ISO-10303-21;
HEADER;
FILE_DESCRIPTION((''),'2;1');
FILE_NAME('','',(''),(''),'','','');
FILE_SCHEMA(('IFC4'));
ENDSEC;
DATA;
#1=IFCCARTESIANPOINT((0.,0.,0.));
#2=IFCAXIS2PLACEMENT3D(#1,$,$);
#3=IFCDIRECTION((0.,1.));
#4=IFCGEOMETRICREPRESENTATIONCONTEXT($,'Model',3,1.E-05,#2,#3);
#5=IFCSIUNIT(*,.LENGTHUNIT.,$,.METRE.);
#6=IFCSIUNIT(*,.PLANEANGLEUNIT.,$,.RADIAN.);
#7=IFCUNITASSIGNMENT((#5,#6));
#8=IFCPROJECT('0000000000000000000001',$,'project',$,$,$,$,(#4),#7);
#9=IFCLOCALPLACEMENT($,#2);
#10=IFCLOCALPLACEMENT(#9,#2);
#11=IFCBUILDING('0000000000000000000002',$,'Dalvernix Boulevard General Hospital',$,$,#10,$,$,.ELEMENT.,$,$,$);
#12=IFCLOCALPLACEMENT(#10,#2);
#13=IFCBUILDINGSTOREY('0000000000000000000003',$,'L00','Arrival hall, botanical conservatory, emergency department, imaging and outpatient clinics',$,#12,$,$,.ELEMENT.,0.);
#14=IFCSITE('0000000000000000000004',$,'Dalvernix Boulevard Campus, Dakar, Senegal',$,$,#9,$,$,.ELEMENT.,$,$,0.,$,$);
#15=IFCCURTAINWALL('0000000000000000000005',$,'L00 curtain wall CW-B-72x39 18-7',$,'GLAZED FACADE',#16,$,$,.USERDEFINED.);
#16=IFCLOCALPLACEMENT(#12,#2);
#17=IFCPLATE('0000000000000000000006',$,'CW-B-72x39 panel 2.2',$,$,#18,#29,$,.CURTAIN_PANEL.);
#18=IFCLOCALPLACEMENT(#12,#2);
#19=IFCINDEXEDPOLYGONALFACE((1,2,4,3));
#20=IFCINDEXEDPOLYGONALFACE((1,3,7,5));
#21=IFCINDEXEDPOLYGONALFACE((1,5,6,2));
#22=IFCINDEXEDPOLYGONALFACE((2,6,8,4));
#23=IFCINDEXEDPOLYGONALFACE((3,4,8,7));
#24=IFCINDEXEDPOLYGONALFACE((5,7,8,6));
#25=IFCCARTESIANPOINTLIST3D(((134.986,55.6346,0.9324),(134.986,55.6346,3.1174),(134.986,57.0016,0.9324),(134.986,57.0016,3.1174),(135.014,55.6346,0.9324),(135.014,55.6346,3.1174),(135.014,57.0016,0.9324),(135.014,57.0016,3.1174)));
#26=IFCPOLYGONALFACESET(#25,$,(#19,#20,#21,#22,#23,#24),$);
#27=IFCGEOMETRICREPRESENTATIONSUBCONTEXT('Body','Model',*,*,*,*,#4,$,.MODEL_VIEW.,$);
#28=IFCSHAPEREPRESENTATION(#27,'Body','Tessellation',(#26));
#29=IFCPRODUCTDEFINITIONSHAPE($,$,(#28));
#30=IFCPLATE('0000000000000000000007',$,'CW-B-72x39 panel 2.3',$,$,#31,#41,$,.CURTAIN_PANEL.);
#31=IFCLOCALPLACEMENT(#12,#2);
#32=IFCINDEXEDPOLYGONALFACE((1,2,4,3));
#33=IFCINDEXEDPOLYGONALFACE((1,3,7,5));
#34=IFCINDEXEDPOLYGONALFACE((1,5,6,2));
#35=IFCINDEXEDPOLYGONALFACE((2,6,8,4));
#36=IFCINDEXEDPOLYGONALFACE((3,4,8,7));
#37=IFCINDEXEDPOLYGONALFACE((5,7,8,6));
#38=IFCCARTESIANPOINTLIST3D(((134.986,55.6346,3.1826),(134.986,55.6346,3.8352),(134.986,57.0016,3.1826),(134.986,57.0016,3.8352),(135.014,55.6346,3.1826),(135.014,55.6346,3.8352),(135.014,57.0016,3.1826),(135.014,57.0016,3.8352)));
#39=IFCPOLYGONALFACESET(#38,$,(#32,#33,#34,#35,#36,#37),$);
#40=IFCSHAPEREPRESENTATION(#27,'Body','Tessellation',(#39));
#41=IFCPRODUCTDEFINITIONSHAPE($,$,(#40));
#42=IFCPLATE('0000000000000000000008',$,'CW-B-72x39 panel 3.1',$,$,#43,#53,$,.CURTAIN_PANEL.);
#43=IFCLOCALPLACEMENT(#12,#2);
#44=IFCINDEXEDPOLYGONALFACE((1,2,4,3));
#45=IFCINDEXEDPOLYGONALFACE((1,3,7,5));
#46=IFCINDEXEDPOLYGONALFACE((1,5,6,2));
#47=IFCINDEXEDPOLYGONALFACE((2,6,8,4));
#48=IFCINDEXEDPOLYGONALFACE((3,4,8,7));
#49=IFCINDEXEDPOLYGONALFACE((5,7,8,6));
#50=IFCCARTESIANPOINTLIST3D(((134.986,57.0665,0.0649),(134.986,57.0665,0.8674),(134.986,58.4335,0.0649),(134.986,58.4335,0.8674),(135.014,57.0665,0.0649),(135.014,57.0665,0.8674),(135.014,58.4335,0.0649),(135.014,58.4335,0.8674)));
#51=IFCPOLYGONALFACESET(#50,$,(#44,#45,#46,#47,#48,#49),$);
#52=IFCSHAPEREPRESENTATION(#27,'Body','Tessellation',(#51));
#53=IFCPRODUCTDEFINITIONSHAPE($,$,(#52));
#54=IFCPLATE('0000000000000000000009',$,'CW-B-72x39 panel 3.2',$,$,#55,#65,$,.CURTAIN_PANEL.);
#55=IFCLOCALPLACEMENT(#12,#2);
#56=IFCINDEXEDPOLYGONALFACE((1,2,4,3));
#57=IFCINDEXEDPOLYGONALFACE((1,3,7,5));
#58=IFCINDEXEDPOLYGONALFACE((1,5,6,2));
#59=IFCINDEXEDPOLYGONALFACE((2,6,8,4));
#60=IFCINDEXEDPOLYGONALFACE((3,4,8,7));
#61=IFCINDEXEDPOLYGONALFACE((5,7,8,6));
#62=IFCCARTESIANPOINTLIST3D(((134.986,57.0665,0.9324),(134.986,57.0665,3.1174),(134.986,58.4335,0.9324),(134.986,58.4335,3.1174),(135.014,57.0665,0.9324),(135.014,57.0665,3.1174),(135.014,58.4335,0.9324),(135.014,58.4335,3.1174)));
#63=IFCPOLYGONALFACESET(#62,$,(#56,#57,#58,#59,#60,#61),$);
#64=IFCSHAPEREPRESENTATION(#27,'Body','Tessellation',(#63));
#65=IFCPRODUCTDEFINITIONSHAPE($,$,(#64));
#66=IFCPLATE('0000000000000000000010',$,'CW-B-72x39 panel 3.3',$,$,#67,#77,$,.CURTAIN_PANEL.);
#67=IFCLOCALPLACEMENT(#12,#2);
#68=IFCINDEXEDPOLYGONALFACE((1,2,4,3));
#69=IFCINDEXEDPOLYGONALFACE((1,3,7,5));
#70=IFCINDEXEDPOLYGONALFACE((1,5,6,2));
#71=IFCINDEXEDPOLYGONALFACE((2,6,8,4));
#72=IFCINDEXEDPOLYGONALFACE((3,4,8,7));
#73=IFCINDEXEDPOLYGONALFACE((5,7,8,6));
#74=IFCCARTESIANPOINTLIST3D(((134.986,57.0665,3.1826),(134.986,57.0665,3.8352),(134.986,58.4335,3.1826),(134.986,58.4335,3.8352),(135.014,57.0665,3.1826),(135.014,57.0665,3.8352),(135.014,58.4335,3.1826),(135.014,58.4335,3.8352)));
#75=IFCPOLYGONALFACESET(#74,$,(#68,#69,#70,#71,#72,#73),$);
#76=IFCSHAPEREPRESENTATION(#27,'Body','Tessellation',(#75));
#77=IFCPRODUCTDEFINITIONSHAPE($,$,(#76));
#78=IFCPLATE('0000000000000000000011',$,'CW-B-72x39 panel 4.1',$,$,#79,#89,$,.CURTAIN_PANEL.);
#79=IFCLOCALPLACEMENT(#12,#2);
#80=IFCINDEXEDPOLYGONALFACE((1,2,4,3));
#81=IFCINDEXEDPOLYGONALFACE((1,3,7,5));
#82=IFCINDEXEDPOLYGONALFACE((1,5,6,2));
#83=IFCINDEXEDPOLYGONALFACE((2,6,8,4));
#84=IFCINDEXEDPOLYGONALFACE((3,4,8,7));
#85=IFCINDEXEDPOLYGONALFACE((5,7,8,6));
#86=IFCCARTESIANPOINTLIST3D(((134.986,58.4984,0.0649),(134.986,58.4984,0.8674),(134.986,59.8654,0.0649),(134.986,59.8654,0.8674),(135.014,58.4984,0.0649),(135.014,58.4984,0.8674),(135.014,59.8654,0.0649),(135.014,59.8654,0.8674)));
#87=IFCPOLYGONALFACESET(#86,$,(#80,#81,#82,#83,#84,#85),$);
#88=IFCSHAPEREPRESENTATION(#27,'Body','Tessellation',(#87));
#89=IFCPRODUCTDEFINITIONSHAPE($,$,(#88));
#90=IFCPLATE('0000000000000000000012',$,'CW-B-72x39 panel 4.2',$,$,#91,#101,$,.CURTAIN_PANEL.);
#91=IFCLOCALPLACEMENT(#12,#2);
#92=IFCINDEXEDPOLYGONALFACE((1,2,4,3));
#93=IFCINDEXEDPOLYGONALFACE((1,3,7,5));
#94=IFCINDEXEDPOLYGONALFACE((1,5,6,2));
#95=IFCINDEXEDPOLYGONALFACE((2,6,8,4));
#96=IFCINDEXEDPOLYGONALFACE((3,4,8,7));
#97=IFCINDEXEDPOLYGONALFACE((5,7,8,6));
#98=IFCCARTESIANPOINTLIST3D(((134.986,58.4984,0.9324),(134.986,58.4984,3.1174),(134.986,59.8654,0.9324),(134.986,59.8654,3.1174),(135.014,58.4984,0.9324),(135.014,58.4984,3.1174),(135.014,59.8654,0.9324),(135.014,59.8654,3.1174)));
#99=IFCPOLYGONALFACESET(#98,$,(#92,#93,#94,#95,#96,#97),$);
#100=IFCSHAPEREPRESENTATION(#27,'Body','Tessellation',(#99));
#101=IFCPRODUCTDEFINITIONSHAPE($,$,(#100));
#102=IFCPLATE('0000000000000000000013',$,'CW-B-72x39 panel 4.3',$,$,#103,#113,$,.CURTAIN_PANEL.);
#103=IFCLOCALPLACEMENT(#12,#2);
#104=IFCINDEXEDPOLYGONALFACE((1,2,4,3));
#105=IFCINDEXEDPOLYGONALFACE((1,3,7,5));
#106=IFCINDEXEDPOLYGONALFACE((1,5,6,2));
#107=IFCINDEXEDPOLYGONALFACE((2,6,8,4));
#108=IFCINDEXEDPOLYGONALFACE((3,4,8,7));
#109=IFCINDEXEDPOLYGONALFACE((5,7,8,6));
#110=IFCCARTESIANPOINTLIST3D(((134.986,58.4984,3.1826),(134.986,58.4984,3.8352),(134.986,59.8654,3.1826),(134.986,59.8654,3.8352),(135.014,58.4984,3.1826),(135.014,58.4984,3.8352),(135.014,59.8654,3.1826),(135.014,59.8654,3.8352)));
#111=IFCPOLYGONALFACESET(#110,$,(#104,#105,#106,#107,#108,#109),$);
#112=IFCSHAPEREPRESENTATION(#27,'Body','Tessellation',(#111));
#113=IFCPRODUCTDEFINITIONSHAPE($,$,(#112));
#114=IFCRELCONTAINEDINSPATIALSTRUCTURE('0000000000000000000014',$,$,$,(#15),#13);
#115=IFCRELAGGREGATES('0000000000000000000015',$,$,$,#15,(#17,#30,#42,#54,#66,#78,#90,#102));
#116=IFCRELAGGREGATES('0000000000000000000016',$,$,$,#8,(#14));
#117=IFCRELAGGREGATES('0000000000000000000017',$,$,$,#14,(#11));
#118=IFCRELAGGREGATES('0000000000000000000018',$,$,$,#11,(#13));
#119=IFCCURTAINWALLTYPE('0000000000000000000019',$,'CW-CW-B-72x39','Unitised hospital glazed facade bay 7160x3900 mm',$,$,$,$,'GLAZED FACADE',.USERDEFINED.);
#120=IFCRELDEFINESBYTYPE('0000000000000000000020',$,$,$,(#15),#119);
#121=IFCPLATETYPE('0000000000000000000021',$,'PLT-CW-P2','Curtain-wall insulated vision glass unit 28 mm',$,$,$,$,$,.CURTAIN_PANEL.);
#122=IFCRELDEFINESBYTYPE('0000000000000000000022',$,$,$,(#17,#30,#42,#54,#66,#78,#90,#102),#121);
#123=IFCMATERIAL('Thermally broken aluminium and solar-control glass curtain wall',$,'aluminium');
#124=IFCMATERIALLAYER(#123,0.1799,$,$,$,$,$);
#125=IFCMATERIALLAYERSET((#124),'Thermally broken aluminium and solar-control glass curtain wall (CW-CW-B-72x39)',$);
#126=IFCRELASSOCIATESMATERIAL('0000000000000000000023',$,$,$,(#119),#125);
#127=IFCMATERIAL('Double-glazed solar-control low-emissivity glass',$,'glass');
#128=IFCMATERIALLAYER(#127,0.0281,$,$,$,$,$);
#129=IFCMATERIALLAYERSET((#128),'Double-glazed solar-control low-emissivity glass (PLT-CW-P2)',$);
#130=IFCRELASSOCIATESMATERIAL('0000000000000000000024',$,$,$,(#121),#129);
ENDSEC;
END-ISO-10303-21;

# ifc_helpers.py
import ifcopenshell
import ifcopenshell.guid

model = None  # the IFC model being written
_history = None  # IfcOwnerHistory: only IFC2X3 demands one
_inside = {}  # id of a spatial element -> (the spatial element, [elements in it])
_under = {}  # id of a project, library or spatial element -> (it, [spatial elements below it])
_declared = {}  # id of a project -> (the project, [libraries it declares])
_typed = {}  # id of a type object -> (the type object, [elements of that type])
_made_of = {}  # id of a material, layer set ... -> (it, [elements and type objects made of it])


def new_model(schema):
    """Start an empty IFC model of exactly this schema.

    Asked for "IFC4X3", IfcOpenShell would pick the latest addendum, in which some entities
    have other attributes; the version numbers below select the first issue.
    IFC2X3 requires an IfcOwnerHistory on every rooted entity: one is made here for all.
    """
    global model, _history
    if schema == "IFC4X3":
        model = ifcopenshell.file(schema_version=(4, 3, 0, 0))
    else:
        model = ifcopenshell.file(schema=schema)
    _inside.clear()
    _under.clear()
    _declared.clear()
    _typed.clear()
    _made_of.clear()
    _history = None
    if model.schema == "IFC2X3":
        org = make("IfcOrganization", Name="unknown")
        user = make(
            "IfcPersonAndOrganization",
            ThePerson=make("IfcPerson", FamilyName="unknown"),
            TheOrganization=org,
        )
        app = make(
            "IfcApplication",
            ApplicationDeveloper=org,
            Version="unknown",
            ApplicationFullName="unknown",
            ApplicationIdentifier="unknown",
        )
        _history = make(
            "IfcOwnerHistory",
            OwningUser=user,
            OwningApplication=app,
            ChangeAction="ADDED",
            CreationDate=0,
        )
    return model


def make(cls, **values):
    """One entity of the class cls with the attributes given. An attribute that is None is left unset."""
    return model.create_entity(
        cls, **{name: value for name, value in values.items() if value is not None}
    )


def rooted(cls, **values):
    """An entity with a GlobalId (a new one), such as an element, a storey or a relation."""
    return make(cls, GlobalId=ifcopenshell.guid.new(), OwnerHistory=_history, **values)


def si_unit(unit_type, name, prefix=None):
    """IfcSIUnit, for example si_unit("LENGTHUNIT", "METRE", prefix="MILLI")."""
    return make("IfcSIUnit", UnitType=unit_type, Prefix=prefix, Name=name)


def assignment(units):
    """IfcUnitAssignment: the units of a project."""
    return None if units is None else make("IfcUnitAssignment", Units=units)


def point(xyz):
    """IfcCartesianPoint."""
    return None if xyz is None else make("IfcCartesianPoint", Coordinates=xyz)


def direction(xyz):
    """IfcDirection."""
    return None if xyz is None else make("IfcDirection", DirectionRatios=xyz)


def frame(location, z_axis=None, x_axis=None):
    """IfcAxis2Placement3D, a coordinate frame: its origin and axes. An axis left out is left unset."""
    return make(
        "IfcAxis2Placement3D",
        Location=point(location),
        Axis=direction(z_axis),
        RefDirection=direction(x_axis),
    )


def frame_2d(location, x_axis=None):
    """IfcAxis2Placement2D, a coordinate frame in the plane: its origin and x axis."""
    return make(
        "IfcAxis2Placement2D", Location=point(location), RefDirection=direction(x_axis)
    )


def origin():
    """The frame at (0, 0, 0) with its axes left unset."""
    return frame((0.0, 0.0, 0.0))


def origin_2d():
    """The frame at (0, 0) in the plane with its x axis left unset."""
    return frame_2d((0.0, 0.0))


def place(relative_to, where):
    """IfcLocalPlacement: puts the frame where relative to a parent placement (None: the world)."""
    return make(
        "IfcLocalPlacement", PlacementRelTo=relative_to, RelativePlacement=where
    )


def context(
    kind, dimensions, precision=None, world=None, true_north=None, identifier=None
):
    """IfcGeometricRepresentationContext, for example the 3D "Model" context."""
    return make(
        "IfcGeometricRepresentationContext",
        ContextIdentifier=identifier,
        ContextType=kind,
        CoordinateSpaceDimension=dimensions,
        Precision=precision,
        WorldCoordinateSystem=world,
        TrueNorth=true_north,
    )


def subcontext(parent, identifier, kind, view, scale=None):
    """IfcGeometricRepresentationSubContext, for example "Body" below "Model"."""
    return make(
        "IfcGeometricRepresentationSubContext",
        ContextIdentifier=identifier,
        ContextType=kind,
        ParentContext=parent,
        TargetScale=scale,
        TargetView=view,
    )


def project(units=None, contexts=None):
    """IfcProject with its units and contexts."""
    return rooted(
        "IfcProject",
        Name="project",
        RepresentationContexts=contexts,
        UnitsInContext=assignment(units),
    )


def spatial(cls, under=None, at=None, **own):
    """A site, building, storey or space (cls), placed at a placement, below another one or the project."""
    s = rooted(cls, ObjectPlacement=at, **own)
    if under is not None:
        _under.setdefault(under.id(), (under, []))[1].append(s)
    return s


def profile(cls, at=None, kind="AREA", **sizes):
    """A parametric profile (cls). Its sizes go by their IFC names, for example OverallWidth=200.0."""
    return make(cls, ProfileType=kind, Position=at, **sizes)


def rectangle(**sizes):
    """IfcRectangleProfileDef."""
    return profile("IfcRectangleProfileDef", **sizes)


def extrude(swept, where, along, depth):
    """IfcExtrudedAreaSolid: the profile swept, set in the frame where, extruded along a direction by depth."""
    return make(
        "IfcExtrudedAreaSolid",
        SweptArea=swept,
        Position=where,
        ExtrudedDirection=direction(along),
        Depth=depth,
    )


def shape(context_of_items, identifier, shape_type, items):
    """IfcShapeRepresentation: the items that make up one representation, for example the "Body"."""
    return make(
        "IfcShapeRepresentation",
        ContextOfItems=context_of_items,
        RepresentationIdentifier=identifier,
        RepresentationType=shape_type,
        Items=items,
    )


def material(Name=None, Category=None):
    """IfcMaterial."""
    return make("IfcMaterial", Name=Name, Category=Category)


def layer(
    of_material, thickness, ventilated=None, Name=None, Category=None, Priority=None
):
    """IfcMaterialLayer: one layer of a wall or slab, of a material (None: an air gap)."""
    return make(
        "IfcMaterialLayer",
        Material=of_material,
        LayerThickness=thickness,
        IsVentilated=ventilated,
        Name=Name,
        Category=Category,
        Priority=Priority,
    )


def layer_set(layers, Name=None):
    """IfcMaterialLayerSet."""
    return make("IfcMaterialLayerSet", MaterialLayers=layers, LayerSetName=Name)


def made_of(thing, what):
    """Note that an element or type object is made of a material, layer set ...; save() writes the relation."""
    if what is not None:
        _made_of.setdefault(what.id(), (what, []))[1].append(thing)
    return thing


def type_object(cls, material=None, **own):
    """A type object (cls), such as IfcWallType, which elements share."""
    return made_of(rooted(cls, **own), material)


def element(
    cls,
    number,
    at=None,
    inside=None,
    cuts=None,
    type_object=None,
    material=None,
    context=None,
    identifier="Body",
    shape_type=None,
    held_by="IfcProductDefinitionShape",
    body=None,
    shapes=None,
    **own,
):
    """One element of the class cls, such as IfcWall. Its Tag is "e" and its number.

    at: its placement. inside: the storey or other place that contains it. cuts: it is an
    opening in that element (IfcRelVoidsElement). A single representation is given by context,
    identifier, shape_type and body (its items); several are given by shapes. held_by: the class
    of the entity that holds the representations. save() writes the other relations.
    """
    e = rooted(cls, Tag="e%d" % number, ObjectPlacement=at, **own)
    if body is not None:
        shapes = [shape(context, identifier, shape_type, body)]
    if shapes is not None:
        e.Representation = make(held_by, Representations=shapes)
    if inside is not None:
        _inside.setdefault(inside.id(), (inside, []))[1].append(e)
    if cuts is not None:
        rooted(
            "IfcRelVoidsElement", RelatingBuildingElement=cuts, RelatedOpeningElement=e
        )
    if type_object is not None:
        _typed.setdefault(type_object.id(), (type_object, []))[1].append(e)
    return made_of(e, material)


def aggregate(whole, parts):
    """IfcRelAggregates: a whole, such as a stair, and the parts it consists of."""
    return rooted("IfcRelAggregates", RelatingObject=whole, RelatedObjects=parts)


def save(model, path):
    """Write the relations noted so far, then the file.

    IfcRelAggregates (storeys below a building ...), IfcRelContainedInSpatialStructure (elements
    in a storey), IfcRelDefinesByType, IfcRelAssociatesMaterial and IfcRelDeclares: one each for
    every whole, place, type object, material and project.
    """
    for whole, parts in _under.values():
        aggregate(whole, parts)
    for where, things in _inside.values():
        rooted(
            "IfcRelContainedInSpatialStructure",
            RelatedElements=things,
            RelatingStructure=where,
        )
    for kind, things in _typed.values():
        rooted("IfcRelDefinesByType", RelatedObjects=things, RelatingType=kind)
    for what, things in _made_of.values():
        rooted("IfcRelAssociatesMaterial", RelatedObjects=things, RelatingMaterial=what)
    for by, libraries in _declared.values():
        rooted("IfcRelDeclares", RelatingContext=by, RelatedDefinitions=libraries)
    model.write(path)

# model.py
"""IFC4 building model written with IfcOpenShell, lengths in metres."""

from ifc_helpers import new_model, si_unit, direction, frame, origin, origin_2d, place, context, subcontext, project, spatial, rectangle, extrude, material, layer, layer_set, type_object, element, aggregate, save


model = new_model("IFC4")

# Units and contexts
model_context = context("Model", 3, precision=1e-05, world=origin(), true_north=direction((0.0, 1.0)))
body_context = subcontext(model_context, "Body", "Model", "MODEL_VIEW")
ifc_project = project(units=[si_unit("LENGTHUNIT", "METRE"), si_unit("PLANEANGLEUNIT", "RADIAN")], contexts=[model_context])

# Site, building, storey
site_placement = place(None, origin())
site = spatial("IfcSite", under=ifc_project, at=site_placement, Name="Dalvernix Boulevard Campus, Dakar, Senegal", CompositionType="ELEMENT", RefElevation=0.0)
building_placement = place(site_placement, origin())
building = spatial("IfcBuilding", under=site, at=building_placement, Name="Dalvernix Boulevard General Hospital", CompositionType="ELEMENT")
storey_placement = place(building_placement, origin())
storey = spatial("IfcBuildingStorey", under=building, at=storey_placement, Name="L00", Description="Arrival hall, botanical conservatory, emergency department, imaging and outpatient clinics", CompositionType="ELEMENT", Elevation=0.0)

# Curtain wall, plates
ifc_material_1 = material(Name="Thermally broken aluminium and solar-control glass curtain wall", Category="aluminium")
ifc_layer_1 = layer(ifc_material_1, 0.1799)
ifc_layer_set_1 = layer_set([ifc_layer_1], Name="Thermally broken aluminium and solar-control glass curtain wall (CW-CW-B-72x39)")
curtain_wall_type = type_object("IfcCurtainWallType", Name="CW-CW-B-72x39", Description="Unitised hospital glazed facade bay 7160x3900 mm", ElementType="GLAZED FACADE", PredefinedType="USERDEFINED", material=ifc_layer_set_1)
curtain_wall_placement = place(storey_placement, origin())
curtain_wall = element("IfcCurtainWall", 1, at=curtain_wall_placement, inside=storey, type_object=curtain_wall_type, Name="L00 curtain wall CW-B-72x39 18-7", ObjectType="GLAZED FACADE", PredefinedType="USERDEFINED")
ifc_material_2 = material(Name="Double-glazed solar-control low-emissivity glass", Category="glass")
ifc_layer_2 = layer(ifc_material_2, 0.0281)
ifc_layer_set_2 = layer_set([ifc_layer_2], Name="Double-glazed solar-control low-emissivity glass (PLT-CW-P2)")
plate_type = type_object("IfcPlateType", Name="PLT-CW-P2", Description="Curtain-wall insulated vision glass unit 28 mm", PredefinedType="CURTAIN_PANEL", material=ifc_layer_set_2)
plate_1_placement = place(storey_placement, frame((135.0, 56.3181, 0.9324), z_axis=(0.0, 0.0, 1.0), x_axis=(0.0, 1.0, 0.0)))
plate_1 = element("IfcPlate", 2, at=plate_1_placement, type_object=plate_type, Name="CW-B-72x39 panel 2.2", PredefinedType="CURTAIN_PANEL", context=body_context, shape_type="SweptSolid", body=[
    extrude(rectangle(XDim=1.3669, YDim=0.0281, at=origin_2d()), origin(), (0.0, 0.0, 1.0), 2.1851),
])
plate_2_placement = place(storey_placement, frame((135.0, 56.3181, 3.1826), z_axis=(0.0, 0.0, 1.0), x_axis=(0.0, 1.0, 0.0)))
plate_2 = element("IfcPlate", 3, at=plate_2_placement, type_object=plate_type, Name="CW-B-72x39 panel 2.3", PredefinedType="CURTAIN_PANEL", context=body_context, shape_type="SweptSolid", body=[
    extrude(rectangle(XDim=1.3669, YDim=0.0281, at=origin_2d()), origin(), (0.0, 0.0, 1.0), 0.6526),
])
plate_3_placement = place(storey_placement, frame((135.0, 57.75, 0.0649), z_axis=(0.0, 0.0, 1.0), x_axis=(0.0, 1.0, 0.0)))
plate_3 = element("IfcPlate", 4, at=plate_3_placement, type_object=plate_type, Name="CW-B-72x39 panel 3.1", PredefinedType="CURTAIN_PANEL", context=body_context, shape_type="SweptSolid", body=[
    extrude(rectangle(XDim=1.3669, YDim=0.0281, at=origin_2d()), origin(), (0.0, 0.0, 1.0), 0.8025),
])
plate_4_placement = place(storey_placement, frame((135.0, 57.75, 0.9324), z_axis=(0.0, 0.0, 1.0), x_axis=(0.0, 1.0, 0.0)))
plate_4 = element("IfcPlate", 5, at=plate_4_placement, type_object=plate_type, Name="CW-B-72x39 panel 3.2", PredefinedType="CURTAIN_PANEL", context=body_context, shape_type="SweptSolid", body=[
    extrude(rectangle(XDim=1.3669, YDim=0.0281, at=origin_2d()), origin(), (0.0, 0.0, 1.0), 2.1851),
])
plate_5_placement = place(storey_placement, frame((135.0, 57.75, 3.1826), z_axis=(0.0, 0.0, 1.0), x_axis=(0.0, 1.0, 0.0)))
plate_5 = element("IfcPlate", 6, at=plate_5_placement, type_object=plate_type, Name="CW-B-72x39 panel 3.3", PredefinedType="CURTAIN_PANEL", context=body_context, shape_type="SweptSolid", body=[
    extrude(rectangle(XDim=1.3669, YDim=0.0281, at=origin_2d()), origin(), (0.0, 0.0, 1.0), 0.6526),
])
plate_6_placement = place(storey_placement, frame((135.0, 59.1819, 0.0649), z_axis=(0.0, 0.0, 1.0), x_axis=(0.0, 1.0, 0.0)))
plate_6 = element("IfcPlate", 7, at=plate_6_placement, type_object=plate_type, Name="CW-B-72x39 panel 4.1", PredefinedType="CURTAIN_PANEL", context=body_context, shape_type="SweptSolid", body=[
    extrude(rectangle(XDim=1.3669, YDim=0.0281, at=origin_2d()), origin(), (0.0, 0.0, 1.0), 0.8025),
])
plate_7_placement = place(storey_placement, frame((135.0, 59.1819, 0.9324), z_axis=(0.0, 0.0, 1.0), x_axis=(0.0, 1.0, 0.0)))
plate_7 = element("IfcPlate", 8, at=plate_7_placement, type_object=plate_type, Name="CW-B-72x39 panel 4.2", PredefinedType="CURTAIN_PANEL", context=body_context, shape_type="SweptSolid", body=[
    extrude(rectangle(XDim=1.3669, YDim=0.0281, at=origin_2d()), origin(), (0.0, 0.0, 1.0), 2.1851),
])
plate_8_placement = place(storey_placement, frame((135.0, 59.1819, 3.1826), z_axis=(0.0, 0.0, 1.0), x_axis=(0.0, 1.0, 0.0)))
plate_8 = element("IfcPlate", 9, at=plate_8_placement, type_object=plate_type, Name="CW-B-72x39 panel 4.3", PredefinedType="CURTAIN_PANEL", context=body_context, shape_type="SweptSolid", body=[
    extrude(rectangle(XDim=1.3669, YDim=0.0281, at=origin_2d()), origin(), (0.0, 0.0, 1.0), 0.6526),
])
aggregate(curtain_wall, [plate_1, plate_2, plate_3, plate_4, plate_5, plate_6, plate_7, plate_8])

save(model, "model.ifc")
